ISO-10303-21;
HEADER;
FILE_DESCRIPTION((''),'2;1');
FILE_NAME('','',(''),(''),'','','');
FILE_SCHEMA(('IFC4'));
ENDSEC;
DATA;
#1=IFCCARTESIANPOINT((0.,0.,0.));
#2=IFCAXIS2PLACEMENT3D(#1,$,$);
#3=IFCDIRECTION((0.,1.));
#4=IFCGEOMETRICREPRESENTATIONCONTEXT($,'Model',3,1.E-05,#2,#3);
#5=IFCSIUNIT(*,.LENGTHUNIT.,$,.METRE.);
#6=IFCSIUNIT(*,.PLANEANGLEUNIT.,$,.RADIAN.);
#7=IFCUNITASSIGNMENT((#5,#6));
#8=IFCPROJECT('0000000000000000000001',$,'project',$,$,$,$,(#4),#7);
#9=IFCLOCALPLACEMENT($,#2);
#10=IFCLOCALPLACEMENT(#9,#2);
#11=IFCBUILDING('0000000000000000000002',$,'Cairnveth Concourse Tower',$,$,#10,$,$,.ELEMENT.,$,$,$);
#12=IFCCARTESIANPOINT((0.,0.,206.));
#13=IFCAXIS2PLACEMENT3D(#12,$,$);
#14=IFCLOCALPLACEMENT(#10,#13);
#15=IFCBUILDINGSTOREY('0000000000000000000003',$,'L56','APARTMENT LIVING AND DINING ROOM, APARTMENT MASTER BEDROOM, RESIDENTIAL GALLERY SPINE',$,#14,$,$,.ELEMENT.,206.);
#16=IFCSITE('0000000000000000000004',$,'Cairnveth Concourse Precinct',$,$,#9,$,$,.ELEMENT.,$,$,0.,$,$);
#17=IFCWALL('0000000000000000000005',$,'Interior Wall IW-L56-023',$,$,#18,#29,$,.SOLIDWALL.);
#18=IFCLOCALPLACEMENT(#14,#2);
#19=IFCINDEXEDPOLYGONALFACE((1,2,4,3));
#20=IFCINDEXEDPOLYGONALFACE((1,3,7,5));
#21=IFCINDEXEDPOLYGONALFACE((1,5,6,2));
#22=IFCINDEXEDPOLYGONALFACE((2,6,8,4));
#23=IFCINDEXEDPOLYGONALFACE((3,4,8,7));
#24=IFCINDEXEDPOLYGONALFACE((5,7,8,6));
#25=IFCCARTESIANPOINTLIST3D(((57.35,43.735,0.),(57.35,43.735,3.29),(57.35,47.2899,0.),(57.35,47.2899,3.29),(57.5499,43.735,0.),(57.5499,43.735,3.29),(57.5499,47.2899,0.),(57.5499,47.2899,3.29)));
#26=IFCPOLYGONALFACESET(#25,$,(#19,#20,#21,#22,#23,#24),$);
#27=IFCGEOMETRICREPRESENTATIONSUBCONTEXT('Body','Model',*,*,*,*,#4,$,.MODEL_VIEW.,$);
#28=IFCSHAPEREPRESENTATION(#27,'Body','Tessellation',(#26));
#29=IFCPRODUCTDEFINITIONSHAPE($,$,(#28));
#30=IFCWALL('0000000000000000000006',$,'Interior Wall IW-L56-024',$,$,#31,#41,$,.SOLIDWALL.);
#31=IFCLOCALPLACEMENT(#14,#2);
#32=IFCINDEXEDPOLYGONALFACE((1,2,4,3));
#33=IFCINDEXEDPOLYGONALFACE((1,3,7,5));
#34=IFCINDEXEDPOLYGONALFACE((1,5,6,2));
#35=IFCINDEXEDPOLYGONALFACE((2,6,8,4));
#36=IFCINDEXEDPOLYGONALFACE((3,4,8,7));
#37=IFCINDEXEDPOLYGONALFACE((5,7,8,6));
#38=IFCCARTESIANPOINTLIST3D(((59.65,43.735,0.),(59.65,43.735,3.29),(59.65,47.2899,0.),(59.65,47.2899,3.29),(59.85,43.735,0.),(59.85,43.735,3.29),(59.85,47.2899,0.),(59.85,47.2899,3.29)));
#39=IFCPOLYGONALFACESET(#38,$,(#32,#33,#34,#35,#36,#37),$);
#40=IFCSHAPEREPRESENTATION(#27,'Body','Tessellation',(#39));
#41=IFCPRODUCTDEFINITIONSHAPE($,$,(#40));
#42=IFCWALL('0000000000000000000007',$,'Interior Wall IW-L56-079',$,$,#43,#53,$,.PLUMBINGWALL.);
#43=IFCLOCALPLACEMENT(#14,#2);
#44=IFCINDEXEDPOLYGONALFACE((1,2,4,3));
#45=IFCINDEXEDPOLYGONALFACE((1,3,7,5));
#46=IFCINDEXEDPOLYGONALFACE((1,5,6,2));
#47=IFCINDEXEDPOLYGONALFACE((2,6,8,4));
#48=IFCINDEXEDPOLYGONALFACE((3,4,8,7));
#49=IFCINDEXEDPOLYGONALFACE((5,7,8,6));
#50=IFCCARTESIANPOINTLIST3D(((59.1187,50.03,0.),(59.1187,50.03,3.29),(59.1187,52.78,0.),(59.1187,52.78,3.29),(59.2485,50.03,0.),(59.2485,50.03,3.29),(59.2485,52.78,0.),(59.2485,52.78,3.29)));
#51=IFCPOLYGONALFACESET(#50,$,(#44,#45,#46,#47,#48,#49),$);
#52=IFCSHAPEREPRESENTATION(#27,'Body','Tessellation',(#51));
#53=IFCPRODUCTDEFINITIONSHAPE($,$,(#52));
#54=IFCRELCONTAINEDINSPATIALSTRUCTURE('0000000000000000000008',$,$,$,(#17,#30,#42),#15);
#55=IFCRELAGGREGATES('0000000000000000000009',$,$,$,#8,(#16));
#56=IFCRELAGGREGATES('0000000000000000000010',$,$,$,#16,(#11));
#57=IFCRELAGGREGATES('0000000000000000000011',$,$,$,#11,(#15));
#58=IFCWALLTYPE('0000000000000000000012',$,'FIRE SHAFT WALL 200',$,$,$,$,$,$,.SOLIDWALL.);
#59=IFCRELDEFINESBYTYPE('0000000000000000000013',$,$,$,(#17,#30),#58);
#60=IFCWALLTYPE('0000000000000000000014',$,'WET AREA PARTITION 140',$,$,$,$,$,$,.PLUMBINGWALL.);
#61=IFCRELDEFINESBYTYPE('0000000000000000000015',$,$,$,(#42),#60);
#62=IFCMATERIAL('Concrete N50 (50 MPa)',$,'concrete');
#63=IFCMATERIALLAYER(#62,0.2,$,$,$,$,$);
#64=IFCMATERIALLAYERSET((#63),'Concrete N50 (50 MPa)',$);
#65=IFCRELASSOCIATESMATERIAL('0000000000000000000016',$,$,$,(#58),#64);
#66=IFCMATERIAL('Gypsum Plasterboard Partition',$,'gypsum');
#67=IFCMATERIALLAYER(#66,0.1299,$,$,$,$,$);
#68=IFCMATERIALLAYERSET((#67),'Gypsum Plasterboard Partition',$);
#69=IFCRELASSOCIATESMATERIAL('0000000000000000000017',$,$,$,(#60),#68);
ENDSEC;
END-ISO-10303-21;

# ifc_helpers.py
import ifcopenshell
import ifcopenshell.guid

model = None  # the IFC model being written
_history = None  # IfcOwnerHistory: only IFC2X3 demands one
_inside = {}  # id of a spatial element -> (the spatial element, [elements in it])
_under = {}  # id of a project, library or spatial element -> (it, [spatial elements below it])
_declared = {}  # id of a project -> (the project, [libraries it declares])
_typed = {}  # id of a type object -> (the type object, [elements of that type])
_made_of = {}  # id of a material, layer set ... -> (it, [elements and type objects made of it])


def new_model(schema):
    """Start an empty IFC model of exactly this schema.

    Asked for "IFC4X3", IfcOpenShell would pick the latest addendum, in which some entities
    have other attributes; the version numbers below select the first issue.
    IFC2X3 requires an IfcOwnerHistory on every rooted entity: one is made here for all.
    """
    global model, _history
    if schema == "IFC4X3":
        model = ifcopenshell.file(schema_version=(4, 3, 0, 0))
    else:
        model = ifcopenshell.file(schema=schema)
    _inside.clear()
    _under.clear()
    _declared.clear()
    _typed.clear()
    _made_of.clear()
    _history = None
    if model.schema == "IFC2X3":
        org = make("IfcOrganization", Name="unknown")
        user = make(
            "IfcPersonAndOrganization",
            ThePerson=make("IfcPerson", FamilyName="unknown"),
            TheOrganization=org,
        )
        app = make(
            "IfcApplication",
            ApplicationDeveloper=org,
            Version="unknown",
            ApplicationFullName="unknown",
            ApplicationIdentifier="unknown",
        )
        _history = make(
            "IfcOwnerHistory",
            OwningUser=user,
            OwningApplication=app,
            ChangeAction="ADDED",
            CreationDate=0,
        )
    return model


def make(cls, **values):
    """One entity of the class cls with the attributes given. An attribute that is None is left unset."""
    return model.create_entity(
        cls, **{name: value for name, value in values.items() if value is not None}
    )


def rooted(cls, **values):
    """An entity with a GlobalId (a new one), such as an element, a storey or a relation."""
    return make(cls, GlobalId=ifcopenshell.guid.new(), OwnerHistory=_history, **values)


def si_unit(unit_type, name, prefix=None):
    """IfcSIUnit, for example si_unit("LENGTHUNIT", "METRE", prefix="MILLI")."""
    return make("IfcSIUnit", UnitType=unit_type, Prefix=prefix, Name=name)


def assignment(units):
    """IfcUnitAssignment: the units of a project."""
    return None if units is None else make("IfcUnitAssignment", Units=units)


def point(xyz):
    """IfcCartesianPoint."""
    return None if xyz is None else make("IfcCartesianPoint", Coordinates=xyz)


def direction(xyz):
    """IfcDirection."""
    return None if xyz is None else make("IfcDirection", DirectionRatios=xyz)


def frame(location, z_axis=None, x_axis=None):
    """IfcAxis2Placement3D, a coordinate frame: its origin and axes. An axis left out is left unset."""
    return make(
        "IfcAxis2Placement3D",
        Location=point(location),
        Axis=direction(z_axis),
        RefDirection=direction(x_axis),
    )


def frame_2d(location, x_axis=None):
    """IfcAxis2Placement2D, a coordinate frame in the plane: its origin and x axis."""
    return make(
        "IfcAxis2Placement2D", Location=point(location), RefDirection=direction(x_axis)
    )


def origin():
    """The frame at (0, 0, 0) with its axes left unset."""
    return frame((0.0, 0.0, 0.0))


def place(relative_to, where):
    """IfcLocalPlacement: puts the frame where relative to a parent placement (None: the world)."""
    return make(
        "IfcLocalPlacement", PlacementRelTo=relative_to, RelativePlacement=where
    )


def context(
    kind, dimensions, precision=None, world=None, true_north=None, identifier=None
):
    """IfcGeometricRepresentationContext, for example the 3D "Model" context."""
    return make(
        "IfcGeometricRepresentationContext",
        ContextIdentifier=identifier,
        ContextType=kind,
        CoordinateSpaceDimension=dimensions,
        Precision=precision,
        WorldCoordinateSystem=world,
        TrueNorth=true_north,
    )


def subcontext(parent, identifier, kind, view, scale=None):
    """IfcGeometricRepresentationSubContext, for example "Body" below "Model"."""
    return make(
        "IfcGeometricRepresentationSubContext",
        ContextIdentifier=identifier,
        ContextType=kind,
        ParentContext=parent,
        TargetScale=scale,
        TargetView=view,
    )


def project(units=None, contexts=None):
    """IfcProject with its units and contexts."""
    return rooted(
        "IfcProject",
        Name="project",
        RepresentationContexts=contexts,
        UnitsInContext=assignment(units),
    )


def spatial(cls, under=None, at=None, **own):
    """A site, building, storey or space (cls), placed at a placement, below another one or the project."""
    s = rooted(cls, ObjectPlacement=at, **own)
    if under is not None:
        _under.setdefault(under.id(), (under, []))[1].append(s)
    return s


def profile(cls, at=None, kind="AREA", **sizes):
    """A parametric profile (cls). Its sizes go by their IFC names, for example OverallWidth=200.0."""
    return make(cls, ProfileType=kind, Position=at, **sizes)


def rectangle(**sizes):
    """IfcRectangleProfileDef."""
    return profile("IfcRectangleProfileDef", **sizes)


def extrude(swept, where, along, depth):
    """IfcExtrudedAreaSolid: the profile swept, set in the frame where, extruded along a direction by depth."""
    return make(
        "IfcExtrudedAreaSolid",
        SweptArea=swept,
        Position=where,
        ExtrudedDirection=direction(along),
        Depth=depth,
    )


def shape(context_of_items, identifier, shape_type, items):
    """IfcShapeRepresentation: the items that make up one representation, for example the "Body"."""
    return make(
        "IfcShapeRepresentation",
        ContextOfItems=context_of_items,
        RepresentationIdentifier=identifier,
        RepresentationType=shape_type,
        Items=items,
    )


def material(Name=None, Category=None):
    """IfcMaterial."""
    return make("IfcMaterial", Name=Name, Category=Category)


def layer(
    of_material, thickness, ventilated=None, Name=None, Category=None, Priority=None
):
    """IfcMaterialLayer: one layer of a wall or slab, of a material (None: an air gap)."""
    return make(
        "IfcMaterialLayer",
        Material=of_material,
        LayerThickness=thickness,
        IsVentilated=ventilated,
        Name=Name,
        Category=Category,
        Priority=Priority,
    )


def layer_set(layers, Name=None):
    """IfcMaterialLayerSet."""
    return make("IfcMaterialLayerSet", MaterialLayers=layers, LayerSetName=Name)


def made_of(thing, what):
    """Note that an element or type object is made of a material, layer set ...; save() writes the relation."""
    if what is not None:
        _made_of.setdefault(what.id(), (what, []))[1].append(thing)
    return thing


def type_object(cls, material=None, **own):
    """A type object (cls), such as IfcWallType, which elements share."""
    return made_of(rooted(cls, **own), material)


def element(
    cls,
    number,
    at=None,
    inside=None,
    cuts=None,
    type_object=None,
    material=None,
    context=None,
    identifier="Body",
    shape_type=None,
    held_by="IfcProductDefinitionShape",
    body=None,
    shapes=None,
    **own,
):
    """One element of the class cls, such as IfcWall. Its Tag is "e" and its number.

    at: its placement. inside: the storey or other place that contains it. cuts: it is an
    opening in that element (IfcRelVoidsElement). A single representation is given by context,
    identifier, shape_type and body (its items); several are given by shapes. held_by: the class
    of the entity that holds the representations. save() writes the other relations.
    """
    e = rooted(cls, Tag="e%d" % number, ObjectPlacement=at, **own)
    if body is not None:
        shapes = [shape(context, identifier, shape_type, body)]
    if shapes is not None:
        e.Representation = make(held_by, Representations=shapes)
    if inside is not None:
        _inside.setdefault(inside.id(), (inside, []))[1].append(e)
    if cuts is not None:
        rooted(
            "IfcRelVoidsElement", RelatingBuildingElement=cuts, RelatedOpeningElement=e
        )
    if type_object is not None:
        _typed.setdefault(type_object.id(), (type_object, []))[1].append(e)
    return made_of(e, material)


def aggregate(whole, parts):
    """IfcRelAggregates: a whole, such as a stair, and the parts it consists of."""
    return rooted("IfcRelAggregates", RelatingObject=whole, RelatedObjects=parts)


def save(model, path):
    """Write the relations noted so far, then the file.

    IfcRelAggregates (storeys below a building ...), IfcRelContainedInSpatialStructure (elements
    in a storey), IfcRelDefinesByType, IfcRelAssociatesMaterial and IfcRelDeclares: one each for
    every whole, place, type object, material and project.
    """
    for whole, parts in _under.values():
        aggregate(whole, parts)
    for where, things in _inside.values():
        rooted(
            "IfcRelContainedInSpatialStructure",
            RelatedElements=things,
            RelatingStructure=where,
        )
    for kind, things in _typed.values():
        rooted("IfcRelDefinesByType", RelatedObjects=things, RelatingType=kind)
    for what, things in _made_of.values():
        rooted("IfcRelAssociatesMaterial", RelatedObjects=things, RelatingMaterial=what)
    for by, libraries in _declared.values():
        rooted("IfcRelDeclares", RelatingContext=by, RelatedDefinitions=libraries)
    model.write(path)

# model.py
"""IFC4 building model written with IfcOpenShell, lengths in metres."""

from ifc_helpers import new_model, si_unit, direction, frame, frame_2d, origin, place, context, subcontext, project, spatial, rectangle, extrude, material, layer, layer_set, type_object, element, save


model = new_model("IFC4")

# Units and contexts
model_context = context("Model", 3, precision=1e-05, world=origin(), true_north=direction((0.0, 1.0)))
body_context = subcontext(model_context, "Body", "Model", "MODEL_VIEW")
ifc_project = project(units=[si_unit("LENGTHUNIT", "METRE"), si_unit("PLANEANGLEUNIT", "RADIAN")], contexts=[model_context])

# Site, building, storey
site_placement = place(None, origin())
site = spatial("IfcSite", under=ifc_project, at=site_placement, Name="Cairnveth Concourse Precinct", CompositionType="ELEMENT", RefElevation=0.0)
building_placement = place(site_placement, origin())
building = spatial("IfcBuilding", under=site, at=building_placement, Name="Cairnveth Concourse Tower", CompositionType="ELEMENT")
storey_placement = place(building_placement, frame((0.0, 0.0, 206.0)))
storey = spatial("IfcBuildingStorey", under=building, at=storey_placement, Name="L56", Description="APARTMENT LIVING AND DINING ROOM, APARTMENT MASTER BEDROOM, RESIDENTIAL GALLERY SPINE", CompositionType="ELEMENT", Elevation=206.0)

# Shared definitions
ifc_material_1 = material(Name="Gypsum Plasterboard Partition", Category="gypsum")

# Shared definitions
ifc_material_2 = material(Name="Concrete N50 (50 MPa)", Category="concrete")
ifc_layer_1 = layer(ifc_material_2, 0.2)
ifc_layer_set_1 = layer_set([ifc_layer_1], Name="Concrete N50 (50 MPa)")
wall_type_1 = type_object("IfcWallType", Name="FIRE SHAFT WALL 200", PredefinedType="SOLIDWALL", material=ifc_layer_set_1)

# Walls
for number, where, z_axis, x_axis, name in (
    (1, (57.45, 43.7351, 0.0), (0.0, 0.0, 1.0), (0.0, 1.0, 0.0), "Interior Wall IW-L56-023"),
    (2, (59.75, 43.7351, 0.0), (0.0, 0.0, 1.0), (0.0, 1.0, 0.0), "Interior Wall IW-L56-024"),
):
    element("IfcWall", number, at=place(storey_placement, frame(where, z_axis=z_axis, x_axis=x_axis)), inside=storey, type_object=wall_type_1, Name=name, PredefinedType="SOLIDWALL", context=body_context, shape_type="SweptSolid", body=[
        extrude(rectangle(XDim=3.5549, YDim=0.2, at=frame_2d((1.7773, 0.0))), origin(), (0.0, 0.0, 1.0), 3.29),
    ])
ifc_layer_2 = layer(ifc_material_1, 0.1299)
ifc_layer_set_2 = layer_set([ifc_layer_2], Name="Gypsum Plasterboard Partition")
wall_type_2 = type_object("IfcWallType", Name="WET AREA PARTITION 140", PredefinedType="PLUMBINGWALL", material=ifc_layer_set_2)
wall_1_placement = place(storey_placement, frame((59.1836, 50.03, 0.0), z_axis=(0.0, 0.0, 1.0), x_axis=(0.0, 1.0, 0.0)))
element("IfcWall", 3, at=wall_1_placement, inside=storey, type_object=wall_type_2, Name="Interior Wall IW-L56-079", PredefinedType="PLUMBINGWALL", context=body_context, shape_type="SweptSolid", body=[
    extrude(rectangle(XDim=2.75, YDim=0.1299, at=frame_2d((1.375, 0.0))), origin(), (0.0, 0.0, 1.0), 3.29),
])

save(model, "model.ifc")
